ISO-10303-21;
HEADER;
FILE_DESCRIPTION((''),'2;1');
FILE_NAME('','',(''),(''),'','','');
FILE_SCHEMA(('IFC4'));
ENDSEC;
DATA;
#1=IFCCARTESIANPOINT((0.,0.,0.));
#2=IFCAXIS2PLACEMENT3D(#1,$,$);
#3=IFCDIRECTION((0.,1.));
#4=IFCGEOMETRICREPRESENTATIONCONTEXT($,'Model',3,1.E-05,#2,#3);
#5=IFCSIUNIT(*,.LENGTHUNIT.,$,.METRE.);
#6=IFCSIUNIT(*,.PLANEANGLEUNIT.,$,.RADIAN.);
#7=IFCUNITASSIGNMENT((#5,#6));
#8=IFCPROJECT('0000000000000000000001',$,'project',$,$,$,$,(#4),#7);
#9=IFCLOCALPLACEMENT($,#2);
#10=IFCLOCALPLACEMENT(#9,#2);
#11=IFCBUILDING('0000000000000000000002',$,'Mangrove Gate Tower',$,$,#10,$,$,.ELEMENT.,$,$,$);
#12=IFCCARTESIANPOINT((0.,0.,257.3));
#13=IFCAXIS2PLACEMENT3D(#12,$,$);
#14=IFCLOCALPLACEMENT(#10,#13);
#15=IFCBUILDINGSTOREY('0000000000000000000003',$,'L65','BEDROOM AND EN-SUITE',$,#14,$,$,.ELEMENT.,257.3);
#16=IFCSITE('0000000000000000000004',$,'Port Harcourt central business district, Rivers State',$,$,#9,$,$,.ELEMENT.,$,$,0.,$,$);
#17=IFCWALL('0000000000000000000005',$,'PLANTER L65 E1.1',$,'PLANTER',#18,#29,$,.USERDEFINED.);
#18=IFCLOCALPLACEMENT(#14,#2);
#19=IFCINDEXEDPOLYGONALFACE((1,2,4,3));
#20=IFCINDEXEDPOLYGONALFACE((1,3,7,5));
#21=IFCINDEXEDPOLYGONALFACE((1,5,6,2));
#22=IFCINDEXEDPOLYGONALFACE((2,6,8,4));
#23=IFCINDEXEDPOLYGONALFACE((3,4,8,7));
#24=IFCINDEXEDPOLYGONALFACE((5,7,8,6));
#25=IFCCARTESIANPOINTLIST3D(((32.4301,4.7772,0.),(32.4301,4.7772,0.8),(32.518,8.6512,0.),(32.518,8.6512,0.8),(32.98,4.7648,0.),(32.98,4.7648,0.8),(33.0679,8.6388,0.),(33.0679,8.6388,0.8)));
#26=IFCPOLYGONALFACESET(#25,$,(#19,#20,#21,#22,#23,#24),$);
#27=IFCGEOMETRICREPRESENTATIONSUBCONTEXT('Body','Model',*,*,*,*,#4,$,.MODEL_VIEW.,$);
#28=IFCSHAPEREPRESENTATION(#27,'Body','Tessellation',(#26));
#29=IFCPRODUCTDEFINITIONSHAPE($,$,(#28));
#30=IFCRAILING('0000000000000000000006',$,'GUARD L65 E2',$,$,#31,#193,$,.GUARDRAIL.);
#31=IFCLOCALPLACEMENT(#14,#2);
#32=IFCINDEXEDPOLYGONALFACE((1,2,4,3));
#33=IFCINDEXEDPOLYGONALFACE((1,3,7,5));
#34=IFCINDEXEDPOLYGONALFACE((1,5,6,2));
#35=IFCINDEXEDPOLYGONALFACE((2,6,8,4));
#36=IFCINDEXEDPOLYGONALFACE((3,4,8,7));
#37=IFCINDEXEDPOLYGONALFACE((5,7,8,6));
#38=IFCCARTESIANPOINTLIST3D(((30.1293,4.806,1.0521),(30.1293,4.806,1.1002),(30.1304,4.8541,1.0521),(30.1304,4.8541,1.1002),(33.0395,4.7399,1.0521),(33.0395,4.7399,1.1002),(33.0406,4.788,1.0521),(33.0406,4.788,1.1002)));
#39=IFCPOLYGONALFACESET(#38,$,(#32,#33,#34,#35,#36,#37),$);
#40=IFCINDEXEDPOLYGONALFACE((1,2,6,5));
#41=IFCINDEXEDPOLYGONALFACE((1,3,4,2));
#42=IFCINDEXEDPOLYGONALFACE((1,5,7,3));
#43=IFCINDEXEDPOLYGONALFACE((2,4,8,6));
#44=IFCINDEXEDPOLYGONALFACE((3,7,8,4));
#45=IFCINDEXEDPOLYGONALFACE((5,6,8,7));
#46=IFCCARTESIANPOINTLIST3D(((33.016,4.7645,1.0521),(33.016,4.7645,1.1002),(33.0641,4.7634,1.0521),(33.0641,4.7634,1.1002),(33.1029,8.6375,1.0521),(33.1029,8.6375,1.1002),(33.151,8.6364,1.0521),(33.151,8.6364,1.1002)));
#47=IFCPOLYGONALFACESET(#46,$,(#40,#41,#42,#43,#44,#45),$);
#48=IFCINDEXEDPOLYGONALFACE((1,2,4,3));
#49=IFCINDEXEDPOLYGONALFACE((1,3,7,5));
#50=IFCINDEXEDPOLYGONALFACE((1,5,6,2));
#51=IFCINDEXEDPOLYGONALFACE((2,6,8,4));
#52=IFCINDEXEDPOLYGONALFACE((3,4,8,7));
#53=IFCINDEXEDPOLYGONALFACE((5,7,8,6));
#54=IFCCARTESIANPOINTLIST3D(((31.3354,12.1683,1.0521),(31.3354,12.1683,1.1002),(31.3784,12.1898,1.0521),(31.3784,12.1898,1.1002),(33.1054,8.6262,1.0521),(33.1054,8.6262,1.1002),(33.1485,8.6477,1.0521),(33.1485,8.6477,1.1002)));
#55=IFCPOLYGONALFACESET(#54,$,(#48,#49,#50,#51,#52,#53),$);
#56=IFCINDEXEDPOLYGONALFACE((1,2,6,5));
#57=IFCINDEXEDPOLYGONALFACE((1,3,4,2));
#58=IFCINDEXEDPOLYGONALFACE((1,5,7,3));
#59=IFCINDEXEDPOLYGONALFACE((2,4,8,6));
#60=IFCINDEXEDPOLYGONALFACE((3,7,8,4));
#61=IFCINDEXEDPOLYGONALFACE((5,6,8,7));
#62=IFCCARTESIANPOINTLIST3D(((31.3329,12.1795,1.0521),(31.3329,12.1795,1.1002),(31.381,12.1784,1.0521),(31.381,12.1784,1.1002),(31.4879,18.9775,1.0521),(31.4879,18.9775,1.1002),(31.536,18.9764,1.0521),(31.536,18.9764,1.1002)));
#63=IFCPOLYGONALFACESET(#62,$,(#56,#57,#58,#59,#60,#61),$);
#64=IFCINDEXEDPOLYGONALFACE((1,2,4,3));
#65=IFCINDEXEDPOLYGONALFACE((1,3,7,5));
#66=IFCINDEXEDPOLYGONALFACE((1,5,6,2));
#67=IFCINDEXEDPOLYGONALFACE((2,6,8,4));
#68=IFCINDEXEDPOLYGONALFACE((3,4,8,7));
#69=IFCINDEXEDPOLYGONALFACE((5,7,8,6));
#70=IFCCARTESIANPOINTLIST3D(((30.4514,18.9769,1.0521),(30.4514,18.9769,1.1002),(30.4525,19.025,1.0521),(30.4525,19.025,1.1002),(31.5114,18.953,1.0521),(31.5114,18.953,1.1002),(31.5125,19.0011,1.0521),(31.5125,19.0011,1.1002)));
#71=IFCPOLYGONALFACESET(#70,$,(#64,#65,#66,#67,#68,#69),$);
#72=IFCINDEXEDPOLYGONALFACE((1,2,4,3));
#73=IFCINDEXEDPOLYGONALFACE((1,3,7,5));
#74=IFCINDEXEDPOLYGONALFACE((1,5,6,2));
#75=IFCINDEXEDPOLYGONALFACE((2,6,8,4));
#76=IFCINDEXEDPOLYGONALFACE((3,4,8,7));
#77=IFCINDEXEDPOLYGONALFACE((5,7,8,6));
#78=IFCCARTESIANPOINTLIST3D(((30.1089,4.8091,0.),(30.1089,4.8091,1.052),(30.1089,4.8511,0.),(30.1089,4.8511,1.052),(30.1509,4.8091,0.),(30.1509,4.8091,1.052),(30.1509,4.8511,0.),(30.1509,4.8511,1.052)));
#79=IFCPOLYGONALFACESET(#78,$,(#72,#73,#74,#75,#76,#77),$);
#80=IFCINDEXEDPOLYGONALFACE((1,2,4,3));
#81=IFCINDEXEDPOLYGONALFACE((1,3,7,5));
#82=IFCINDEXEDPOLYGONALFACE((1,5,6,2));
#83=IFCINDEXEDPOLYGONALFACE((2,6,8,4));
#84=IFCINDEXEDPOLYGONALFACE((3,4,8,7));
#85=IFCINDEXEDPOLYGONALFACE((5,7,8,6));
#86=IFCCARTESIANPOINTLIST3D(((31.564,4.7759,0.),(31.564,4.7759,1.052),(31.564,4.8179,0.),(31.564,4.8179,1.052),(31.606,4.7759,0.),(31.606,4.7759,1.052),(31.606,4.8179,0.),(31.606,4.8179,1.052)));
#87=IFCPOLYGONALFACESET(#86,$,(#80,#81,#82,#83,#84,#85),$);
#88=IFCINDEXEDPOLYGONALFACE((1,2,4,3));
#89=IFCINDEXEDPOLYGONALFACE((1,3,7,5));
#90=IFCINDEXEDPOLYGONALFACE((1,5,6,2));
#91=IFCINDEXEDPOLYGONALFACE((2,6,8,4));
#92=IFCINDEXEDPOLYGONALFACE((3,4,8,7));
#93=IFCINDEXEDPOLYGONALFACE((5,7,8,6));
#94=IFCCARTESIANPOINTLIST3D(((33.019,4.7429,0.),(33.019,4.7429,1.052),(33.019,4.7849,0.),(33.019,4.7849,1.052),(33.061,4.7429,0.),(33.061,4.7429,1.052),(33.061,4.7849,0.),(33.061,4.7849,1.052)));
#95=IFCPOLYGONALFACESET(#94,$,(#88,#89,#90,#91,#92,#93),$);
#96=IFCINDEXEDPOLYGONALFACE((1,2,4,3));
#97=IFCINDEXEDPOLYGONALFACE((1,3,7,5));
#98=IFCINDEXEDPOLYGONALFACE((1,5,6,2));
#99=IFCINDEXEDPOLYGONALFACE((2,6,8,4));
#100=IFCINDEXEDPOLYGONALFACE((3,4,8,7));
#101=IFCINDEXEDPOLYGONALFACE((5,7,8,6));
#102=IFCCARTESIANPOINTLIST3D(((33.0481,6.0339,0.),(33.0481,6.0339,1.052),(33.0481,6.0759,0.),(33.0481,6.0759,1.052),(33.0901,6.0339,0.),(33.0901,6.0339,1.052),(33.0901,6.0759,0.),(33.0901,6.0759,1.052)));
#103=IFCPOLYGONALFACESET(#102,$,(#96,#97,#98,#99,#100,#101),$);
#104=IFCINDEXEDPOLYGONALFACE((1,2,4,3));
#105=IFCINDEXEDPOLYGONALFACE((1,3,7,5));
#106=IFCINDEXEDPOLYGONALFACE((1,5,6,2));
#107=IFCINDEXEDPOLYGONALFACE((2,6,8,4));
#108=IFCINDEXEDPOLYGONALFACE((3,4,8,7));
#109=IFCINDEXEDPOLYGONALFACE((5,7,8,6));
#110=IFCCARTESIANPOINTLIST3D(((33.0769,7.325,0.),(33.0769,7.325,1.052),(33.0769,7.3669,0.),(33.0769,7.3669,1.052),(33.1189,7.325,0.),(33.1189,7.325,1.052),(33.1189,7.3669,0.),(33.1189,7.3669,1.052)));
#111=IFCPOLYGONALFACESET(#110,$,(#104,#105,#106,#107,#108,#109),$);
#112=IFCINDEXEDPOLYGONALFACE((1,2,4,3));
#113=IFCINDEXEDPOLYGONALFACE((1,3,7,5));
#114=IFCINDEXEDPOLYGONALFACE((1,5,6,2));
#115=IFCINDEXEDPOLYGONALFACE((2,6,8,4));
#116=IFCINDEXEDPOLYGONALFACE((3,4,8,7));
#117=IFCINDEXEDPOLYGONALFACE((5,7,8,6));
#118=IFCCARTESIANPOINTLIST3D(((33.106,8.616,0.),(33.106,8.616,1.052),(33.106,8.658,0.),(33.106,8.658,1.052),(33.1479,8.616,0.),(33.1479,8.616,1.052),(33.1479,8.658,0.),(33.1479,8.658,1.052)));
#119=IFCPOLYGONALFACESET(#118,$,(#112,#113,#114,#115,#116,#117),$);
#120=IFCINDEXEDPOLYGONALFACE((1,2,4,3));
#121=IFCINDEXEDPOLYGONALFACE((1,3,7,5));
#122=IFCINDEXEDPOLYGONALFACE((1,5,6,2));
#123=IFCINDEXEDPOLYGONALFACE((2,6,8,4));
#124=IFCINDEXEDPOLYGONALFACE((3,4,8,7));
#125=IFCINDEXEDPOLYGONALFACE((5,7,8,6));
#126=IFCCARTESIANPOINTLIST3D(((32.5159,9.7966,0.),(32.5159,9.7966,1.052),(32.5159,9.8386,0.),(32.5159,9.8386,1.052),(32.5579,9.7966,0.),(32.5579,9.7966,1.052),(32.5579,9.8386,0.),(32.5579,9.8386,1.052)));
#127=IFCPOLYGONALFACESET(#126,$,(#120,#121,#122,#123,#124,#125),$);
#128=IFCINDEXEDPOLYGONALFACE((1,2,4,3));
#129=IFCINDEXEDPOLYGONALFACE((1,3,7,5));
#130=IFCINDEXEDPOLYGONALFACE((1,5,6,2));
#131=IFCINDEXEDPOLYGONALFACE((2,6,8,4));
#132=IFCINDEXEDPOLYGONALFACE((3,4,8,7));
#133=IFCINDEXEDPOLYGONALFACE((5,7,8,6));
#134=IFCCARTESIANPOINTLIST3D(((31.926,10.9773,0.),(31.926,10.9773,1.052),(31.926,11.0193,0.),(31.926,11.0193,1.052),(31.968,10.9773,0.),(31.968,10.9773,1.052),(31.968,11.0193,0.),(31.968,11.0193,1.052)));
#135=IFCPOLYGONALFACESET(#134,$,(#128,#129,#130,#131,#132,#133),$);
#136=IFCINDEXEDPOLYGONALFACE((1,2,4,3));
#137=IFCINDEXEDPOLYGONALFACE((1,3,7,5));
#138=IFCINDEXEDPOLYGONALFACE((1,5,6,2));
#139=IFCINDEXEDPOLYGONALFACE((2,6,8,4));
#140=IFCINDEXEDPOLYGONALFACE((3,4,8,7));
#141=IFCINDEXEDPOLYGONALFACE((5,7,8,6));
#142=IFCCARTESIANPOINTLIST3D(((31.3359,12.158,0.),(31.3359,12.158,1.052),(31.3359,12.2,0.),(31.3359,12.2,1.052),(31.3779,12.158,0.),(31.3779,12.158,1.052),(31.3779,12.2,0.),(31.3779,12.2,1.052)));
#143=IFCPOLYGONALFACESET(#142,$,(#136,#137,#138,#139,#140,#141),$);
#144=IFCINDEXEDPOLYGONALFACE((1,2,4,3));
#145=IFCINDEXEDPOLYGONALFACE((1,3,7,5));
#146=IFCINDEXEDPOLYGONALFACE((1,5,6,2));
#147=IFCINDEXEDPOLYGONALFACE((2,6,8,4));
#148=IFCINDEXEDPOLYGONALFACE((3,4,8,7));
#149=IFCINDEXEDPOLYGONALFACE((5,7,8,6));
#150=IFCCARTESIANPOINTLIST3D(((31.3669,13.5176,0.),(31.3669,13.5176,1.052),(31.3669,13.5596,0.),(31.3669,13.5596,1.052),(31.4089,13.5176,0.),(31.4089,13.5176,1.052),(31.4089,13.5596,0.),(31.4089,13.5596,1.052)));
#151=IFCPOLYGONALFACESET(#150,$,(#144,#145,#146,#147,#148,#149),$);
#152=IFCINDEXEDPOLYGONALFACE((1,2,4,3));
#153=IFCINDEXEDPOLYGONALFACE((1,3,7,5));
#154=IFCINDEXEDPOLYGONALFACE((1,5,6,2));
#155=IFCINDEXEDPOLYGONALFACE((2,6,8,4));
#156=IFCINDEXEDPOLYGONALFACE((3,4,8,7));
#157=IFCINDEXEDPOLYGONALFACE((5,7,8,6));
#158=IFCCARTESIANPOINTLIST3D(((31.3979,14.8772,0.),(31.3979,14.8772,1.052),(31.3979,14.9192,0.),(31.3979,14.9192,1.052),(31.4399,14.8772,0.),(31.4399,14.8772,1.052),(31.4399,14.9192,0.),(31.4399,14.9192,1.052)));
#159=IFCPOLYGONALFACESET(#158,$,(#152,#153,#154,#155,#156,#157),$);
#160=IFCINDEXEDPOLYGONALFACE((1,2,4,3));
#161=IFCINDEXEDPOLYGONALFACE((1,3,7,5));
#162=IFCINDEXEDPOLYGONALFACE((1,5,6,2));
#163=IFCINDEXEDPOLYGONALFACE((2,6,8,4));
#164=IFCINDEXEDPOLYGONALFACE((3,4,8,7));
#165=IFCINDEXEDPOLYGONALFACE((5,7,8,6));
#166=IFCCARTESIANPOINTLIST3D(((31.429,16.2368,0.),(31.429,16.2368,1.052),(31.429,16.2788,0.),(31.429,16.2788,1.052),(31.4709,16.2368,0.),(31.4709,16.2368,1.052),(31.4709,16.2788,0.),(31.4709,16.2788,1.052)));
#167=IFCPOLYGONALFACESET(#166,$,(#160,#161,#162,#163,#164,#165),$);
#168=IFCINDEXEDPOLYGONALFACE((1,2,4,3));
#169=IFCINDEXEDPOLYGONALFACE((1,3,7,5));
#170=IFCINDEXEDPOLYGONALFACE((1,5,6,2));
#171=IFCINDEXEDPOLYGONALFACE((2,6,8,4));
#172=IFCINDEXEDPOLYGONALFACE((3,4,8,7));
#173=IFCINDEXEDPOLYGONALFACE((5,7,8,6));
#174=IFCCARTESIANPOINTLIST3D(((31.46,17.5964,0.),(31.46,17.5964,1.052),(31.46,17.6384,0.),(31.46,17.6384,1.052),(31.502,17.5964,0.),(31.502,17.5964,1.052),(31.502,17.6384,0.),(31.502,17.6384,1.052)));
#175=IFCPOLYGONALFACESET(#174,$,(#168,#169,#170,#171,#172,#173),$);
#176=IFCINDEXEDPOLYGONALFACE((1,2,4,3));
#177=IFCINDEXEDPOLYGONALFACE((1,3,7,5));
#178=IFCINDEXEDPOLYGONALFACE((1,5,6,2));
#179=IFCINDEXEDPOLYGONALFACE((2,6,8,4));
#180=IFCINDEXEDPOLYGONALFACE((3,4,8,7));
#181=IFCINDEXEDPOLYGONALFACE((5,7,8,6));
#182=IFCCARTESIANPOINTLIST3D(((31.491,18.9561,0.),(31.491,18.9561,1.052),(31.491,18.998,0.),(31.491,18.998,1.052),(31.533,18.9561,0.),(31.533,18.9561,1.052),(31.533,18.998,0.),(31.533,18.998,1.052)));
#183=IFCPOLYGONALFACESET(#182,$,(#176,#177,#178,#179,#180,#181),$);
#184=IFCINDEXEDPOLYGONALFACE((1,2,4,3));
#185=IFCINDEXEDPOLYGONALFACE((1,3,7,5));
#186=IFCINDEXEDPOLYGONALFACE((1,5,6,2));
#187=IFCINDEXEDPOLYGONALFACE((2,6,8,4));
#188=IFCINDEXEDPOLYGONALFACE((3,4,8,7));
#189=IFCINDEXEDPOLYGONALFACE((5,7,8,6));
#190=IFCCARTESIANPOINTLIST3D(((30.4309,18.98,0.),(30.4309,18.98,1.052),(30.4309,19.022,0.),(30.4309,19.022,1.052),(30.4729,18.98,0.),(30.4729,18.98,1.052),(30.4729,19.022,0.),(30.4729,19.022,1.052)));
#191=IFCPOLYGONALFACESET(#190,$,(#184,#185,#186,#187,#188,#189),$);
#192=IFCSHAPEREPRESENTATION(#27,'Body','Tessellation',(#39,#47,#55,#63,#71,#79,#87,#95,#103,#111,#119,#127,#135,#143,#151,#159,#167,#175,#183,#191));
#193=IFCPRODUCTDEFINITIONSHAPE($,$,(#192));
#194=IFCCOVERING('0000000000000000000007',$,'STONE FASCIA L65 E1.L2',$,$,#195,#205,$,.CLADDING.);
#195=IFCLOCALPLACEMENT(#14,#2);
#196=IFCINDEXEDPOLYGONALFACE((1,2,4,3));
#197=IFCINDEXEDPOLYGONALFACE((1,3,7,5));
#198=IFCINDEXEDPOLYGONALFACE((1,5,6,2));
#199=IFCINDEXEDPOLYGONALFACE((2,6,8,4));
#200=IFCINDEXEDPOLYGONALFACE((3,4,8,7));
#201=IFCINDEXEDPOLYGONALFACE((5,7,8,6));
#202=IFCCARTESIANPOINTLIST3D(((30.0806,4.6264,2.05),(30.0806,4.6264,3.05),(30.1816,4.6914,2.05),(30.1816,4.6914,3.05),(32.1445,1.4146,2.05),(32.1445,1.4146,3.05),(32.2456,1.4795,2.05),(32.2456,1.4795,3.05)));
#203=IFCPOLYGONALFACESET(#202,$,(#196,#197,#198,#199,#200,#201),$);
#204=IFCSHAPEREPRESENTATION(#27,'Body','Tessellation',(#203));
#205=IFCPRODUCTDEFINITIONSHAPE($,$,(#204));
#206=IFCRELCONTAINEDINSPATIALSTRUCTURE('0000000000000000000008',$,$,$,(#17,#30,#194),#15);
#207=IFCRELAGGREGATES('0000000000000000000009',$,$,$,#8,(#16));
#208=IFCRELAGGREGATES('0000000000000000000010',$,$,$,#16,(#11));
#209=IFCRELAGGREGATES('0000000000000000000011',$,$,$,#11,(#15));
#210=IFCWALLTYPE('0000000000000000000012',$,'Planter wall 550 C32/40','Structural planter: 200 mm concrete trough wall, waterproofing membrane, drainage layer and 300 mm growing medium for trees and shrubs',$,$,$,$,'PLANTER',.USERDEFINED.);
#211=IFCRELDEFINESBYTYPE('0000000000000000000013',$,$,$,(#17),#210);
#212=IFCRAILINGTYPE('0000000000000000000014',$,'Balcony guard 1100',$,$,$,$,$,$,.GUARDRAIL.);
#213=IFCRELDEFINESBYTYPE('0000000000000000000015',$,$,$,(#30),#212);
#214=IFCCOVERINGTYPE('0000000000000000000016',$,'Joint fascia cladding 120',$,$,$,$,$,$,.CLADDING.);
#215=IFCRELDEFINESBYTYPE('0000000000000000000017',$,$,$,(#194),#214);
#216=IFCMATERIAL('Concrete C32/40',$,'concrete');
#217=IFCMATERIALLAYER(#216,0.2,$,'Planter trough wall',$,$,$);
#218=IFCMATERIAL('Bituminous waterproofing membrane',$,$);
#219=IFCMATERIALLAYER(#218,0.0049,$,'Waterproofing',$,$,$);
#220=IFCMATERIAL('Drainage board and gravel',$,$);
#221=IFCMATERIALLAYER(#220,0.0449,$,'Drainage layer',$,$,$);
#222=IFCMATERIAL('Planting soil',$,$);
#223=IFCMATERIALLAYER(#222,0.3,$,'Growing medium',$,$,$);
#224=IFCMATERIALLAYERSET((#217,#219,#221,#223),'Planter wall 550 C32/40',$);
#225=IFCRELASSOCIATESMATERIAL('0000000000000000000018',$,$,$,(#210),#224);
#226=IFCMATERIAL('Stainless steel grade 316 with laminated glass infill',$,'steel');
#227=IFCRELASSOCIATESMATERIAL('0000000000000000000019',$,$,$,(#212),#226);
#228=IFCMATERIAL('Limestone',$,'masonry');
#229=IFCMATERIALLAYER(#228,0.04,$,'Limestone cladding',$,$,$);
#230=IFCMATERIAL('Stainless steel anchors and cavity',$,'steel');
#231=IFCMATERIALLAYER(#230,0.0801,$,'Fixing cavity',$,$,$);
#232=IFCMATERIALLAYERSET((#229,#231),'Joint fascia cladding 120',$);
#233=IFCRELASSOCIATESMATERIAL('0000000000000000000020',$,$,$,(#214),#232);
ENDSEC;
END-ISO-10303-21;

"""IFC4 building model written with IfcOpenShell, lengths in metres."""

from ifc_helpers import new_model, si_unit, direction, frame, frame_2d, origin, origin_2d, place, context, subcontext, project, spatial, rectangle, extrude, material, layer, layer_set, type_object, element, save


model = new_model("IFC4")

# Units and contexts
model_context = context("Model", 3, precision=1e-05, world=origin(), true_north=direction((0.0, 1.0)))
body_context = subcontext(model_context, "Body", "Model", "MODEL_VIEW")
ifc_project = project(units=[si_unit("LENGTHUNIT", "METRE"), si_unit("PLANEANGLEUNIT", "RADIAN")], contexts=[model_context])

# Site, building, storey
site_placement = place(None, origin())
site = spatial("IfcSite", under=ifc_project, at=site_placement, Name="Port Harcourt central business district, Rivers State", CompositionType="ELEMENT", RefElevation=0.0)
building_placement = place(site_placement, origin())
building = spatial("IfcBuilding", under=site, at=building_placement, Name="Mangrove Gate Tower", CompositionType="ELEMENT")
storey_placement = place(building_placement, frame((0.0, 0.0, 257.3)))
storey = spatial("IfcBuildingStorey", under=building, at=storey_placement, Name="L65", Description="BEDROOM AND EN-SUITE", CompositionType="ELEMENT", Elevation=257.3)

# Shared definitions
ifc_material_1 = material(Name="Limestone", Category="masonry")

# Wall
ifc_material_2 = material(Name="Concrete C32/40", Category="concrete")
ifc_layer_1 = layer(ifc_material_2, 0.2, Name="Planter trough wall")
ifc_material_3 = material(Name="Bituminous waterproofing membrane")
ifc_layer_2 = layer(ifc_material_3, 0.0049, Name="Waterproofing")
ifc_material_4 = material(Name="Drainage board and gravel")
ifc_layer_3 = layer(ifc_material_4, 0.0449, Name="Drainage layer")
ifc_material_5 = material(Name="Planting soil")
ifc_layer_4 = layer(ifc_material_5, 0.3, Name="Growing medium")
ifc_layer_set_1 = layer_set([ifc_layer_1, ifc_layer_2, ifc_layer_3, ifc_layer_4], Name="Planter wall 550 C32/40")
wall_type_1 = type_object("IfcWallType", Name="Planter wall 550 C32/40", Description="Structural planter: 200 mm concrete trough wall, waterproofing membrane, drainage layer and 300 mm growing medium for trees and shrubs", ElementType="PLANTER", PredefinedType="USERDEFINED", material=ifc_layer_set_1)
wall_1_placement = place(storey_placement, frame((32.7051, 4.771, 0.0), z_axis=(0.0, 0.0, 1.0), x_axis=(0.022681, 0.999743, 0.0)))
element("IfcWall", 1, at=wall_1_placement, inside=storey, type_object=wall_type_1, Name="PLANTER L65 E1.1", ObjectType="PLANTER", PredefinedType="USERDEFINED", context=body_context, shape_type="SweptSolid", body=[
    extrude(rectangle(XDim=3.875, YDim=0.55, at=frame_2d((1.9375, 0.0))), origin(), (0.0, 0.0, 1.0), 0.8),
])

# Railing
ifc_material_6 = material(Name="Stainless steel grade 316 with laminated glass infill", Category="steel")
railing_type = type_object("IfcRailingType", Name="Balcony guard 1100", PredefinedType="GUARDRAIL", material=ifc_material_6)
railing_placement = place(storey_placement, frame((30.1299, 4.8301, 0.0)))
element("IfcRailing", 2, at=railing_placement, inside=storey, type_object=railing_type, Name="GUARD L65 E2", PredefinedType="GUARDRAIL", context=body_context, shape_type="SweptSolid", body=[
    extrude(rectangle(XDim=0.0481, YDim=0.0481, at=origin_2d()), frame((0.0, 0.0, 1.0762), z_axis=(0.999742, -0.022729, 0.0), x_axis=(0.022729, 0.999742, 0.0)), (0.0, 0.0, 1.0), 2.9109),
    extrude(rectangle(XDim=0.0481, YDim=0.0481, at=origin_2d()), frame((2.9102, -0.0662, 1.0762), z_axis=(0.022435, 0.999748, 0.0), x_axis=(-0.999748, 0.022435, 0.0)), (0.0, 0.0, 1.0), 3.874),
    extrude(rectangle(XDim=0.0481, YDim=0.0481, at=origin_2d()), frame((2.9971, 3.8069, 1.0762), z_axis=(-0.447016, 0.894526, 0.0), x_axis=(-0.894526, -0.447016, 0.0)), (0.0, 0.0, 1.0), 3.9597),
    extrude(rectangle(XDim=0.0481, YDim=0.0481, at=origin_2d()), frame((1.2271, 7.3489, 1.0762), z_axis=(0.022799, 0.99974, 0.0), x_axis=(-0.99974, 0.022799, 0.0)), (0.0, 0.0, 1.0), 6.7998),
    extrude(rectangle(XDim=0.0481, YDim=0.0481, at=origin_2d()), frame((1.3821, 14.147, 1.0762), z_axis=(-0.999745, 0.022564, 0.0), x_axis=(-0.022564, -0.999745, 0.0)), (0.0, 0.0, 1.0), 1.0603),
    extrude(rectangle(XDim=0.042, YDim=0.042, at=origin_2d()), origin(), (0.0, 0.0, 1.0), 1.052),
    extrude(rectangle(XDim=0.042, YDim=0.042, at=origin_2d()), frame((1.4551, -0.0332, 0.0)), (0.0, 0.0, 1.0), 1.052),
    extrude(rectangle(XDim=0.042, YDim=0.042, at=origin_2d()), frame((2.9102, -0.0662, 0.0)), (0.0, 0.0, 1.0), 1.052),
    extrude(rectangle(XDim=0.042, YDim=0.042, at=origin_2d()), frame((2.9392, 1.2249, 0.0)), (0.0, 0.0, 1.0), 1.052),
    extrude(rectangle(XDim=0.042, YDim=0.042, at=origin_2d()), frame((2.968, 2.5159, 0.0)), (0.0, 0.0, 1.0), 1.052),
    extrude(rectangle(XDim=0.042, YDim=0.042, at=origin_2d()), frame((2.9971, 3.8069, 0.0)), (0.0, 0.0, 1.0), 1.052),
    extrude(rectangle(XDim=0.042, YDim=0.042, at=origin_2d()), frame((2.407, 4.9875, 0.0)), (0.0, 0.0, 1.0), 1.052),
    extrude(rectangle(XDim=0.042, YDim=0.042, at=origin_2d()), frame((1.8171, 6.1682, 0.0)), (0.0, 0.0, 1.0), 1.052),
    extrude(rectangle(XDim=0.042, YDim=0.042, at=origin_2d()), frame((1.2271, 7.3489, 0.0)), (0.0, 0.0, 1.0), 1.052),
    extrude(rectangle(XDim=0.042, YDim=0.042, at=origin_2d()), frame((1.2581, 8.7085, 0.0)), (0.0, 0.0, 1.0), 1.052),
    extrude(rectangle(XDim=0.042, YDim=0.042, at=origin_2d()), frame((1.2891, 10.0681, 0.0)), (0.0, 0.0, 1.0), 1.052),
    extrude(rectangle(XDim=0.042, YDim=0.042, at=origin_2d()), frame((1.3201, 11.4277, 0.0)), (0.0, 0.0, 1.0), 1.052),
    extrude(rectangle(XDim=0.042, YDim=0.042, at=origin_2d()), frame((1.3511, 12.7874, 0.0)), (0.0, 0.0, 1.0), 1.052),
    extrude(rectangle(XDim=0.042, YDim=0.042, at=origin_2d()), frame((1.3821, 14.147, 0.0)), (0.0, 0.0, 1.0), 1.052),
    extrude(rectangle(XDim=0.042, YDim=0.042, at=origin_2d()), frame((0.322, 14.1709, 0.0)), (0.0, 0.0, 1.0), 1.052),
])

# Covering
ifc_layer_5 = layer(ifc_material_1, 0.04, Name="Limestone cladding")
ifc_material_7 = material(Name="Stainless steel anchors and cavity", Category="steel")
ifc_layer_6 = layer(ifc_material_7, 0.0801, Name="Fixing cavity")
ifc_layer_set_2 = layer_set([ifc_layer_5, ifc_layer_6], Name="Joint fascia cladding 120")
covering_type = type_object("IfcCoveringType", Name="Joint fascia cladding 120", PredefinedType="CLADDING", material=ifc_layer_set_2)
covering_placement = place(storey_placement, frame((32.1951, 1.447, 2.05), z_axis=(0.0, 0.0, 1.0), x_axis=(-0.540602, 0.841278, 0.0)))
element("IfcCovering", 3, at=covering_placement, inside=storey, type_object=covering_type, Name="STONE FASCIA L65 E1.L2", PredefinedType="CLADDING", context=body_context, shape_type="SweptSolid", body=[
    extrude(rectangle(XDim=3.8179, YDim=0.1201, at=frame_2d((1.9089, 0.0))), origin(), (0.0, 0.0, 1.0), 1.0),
])

save(model, "model.ifc")
